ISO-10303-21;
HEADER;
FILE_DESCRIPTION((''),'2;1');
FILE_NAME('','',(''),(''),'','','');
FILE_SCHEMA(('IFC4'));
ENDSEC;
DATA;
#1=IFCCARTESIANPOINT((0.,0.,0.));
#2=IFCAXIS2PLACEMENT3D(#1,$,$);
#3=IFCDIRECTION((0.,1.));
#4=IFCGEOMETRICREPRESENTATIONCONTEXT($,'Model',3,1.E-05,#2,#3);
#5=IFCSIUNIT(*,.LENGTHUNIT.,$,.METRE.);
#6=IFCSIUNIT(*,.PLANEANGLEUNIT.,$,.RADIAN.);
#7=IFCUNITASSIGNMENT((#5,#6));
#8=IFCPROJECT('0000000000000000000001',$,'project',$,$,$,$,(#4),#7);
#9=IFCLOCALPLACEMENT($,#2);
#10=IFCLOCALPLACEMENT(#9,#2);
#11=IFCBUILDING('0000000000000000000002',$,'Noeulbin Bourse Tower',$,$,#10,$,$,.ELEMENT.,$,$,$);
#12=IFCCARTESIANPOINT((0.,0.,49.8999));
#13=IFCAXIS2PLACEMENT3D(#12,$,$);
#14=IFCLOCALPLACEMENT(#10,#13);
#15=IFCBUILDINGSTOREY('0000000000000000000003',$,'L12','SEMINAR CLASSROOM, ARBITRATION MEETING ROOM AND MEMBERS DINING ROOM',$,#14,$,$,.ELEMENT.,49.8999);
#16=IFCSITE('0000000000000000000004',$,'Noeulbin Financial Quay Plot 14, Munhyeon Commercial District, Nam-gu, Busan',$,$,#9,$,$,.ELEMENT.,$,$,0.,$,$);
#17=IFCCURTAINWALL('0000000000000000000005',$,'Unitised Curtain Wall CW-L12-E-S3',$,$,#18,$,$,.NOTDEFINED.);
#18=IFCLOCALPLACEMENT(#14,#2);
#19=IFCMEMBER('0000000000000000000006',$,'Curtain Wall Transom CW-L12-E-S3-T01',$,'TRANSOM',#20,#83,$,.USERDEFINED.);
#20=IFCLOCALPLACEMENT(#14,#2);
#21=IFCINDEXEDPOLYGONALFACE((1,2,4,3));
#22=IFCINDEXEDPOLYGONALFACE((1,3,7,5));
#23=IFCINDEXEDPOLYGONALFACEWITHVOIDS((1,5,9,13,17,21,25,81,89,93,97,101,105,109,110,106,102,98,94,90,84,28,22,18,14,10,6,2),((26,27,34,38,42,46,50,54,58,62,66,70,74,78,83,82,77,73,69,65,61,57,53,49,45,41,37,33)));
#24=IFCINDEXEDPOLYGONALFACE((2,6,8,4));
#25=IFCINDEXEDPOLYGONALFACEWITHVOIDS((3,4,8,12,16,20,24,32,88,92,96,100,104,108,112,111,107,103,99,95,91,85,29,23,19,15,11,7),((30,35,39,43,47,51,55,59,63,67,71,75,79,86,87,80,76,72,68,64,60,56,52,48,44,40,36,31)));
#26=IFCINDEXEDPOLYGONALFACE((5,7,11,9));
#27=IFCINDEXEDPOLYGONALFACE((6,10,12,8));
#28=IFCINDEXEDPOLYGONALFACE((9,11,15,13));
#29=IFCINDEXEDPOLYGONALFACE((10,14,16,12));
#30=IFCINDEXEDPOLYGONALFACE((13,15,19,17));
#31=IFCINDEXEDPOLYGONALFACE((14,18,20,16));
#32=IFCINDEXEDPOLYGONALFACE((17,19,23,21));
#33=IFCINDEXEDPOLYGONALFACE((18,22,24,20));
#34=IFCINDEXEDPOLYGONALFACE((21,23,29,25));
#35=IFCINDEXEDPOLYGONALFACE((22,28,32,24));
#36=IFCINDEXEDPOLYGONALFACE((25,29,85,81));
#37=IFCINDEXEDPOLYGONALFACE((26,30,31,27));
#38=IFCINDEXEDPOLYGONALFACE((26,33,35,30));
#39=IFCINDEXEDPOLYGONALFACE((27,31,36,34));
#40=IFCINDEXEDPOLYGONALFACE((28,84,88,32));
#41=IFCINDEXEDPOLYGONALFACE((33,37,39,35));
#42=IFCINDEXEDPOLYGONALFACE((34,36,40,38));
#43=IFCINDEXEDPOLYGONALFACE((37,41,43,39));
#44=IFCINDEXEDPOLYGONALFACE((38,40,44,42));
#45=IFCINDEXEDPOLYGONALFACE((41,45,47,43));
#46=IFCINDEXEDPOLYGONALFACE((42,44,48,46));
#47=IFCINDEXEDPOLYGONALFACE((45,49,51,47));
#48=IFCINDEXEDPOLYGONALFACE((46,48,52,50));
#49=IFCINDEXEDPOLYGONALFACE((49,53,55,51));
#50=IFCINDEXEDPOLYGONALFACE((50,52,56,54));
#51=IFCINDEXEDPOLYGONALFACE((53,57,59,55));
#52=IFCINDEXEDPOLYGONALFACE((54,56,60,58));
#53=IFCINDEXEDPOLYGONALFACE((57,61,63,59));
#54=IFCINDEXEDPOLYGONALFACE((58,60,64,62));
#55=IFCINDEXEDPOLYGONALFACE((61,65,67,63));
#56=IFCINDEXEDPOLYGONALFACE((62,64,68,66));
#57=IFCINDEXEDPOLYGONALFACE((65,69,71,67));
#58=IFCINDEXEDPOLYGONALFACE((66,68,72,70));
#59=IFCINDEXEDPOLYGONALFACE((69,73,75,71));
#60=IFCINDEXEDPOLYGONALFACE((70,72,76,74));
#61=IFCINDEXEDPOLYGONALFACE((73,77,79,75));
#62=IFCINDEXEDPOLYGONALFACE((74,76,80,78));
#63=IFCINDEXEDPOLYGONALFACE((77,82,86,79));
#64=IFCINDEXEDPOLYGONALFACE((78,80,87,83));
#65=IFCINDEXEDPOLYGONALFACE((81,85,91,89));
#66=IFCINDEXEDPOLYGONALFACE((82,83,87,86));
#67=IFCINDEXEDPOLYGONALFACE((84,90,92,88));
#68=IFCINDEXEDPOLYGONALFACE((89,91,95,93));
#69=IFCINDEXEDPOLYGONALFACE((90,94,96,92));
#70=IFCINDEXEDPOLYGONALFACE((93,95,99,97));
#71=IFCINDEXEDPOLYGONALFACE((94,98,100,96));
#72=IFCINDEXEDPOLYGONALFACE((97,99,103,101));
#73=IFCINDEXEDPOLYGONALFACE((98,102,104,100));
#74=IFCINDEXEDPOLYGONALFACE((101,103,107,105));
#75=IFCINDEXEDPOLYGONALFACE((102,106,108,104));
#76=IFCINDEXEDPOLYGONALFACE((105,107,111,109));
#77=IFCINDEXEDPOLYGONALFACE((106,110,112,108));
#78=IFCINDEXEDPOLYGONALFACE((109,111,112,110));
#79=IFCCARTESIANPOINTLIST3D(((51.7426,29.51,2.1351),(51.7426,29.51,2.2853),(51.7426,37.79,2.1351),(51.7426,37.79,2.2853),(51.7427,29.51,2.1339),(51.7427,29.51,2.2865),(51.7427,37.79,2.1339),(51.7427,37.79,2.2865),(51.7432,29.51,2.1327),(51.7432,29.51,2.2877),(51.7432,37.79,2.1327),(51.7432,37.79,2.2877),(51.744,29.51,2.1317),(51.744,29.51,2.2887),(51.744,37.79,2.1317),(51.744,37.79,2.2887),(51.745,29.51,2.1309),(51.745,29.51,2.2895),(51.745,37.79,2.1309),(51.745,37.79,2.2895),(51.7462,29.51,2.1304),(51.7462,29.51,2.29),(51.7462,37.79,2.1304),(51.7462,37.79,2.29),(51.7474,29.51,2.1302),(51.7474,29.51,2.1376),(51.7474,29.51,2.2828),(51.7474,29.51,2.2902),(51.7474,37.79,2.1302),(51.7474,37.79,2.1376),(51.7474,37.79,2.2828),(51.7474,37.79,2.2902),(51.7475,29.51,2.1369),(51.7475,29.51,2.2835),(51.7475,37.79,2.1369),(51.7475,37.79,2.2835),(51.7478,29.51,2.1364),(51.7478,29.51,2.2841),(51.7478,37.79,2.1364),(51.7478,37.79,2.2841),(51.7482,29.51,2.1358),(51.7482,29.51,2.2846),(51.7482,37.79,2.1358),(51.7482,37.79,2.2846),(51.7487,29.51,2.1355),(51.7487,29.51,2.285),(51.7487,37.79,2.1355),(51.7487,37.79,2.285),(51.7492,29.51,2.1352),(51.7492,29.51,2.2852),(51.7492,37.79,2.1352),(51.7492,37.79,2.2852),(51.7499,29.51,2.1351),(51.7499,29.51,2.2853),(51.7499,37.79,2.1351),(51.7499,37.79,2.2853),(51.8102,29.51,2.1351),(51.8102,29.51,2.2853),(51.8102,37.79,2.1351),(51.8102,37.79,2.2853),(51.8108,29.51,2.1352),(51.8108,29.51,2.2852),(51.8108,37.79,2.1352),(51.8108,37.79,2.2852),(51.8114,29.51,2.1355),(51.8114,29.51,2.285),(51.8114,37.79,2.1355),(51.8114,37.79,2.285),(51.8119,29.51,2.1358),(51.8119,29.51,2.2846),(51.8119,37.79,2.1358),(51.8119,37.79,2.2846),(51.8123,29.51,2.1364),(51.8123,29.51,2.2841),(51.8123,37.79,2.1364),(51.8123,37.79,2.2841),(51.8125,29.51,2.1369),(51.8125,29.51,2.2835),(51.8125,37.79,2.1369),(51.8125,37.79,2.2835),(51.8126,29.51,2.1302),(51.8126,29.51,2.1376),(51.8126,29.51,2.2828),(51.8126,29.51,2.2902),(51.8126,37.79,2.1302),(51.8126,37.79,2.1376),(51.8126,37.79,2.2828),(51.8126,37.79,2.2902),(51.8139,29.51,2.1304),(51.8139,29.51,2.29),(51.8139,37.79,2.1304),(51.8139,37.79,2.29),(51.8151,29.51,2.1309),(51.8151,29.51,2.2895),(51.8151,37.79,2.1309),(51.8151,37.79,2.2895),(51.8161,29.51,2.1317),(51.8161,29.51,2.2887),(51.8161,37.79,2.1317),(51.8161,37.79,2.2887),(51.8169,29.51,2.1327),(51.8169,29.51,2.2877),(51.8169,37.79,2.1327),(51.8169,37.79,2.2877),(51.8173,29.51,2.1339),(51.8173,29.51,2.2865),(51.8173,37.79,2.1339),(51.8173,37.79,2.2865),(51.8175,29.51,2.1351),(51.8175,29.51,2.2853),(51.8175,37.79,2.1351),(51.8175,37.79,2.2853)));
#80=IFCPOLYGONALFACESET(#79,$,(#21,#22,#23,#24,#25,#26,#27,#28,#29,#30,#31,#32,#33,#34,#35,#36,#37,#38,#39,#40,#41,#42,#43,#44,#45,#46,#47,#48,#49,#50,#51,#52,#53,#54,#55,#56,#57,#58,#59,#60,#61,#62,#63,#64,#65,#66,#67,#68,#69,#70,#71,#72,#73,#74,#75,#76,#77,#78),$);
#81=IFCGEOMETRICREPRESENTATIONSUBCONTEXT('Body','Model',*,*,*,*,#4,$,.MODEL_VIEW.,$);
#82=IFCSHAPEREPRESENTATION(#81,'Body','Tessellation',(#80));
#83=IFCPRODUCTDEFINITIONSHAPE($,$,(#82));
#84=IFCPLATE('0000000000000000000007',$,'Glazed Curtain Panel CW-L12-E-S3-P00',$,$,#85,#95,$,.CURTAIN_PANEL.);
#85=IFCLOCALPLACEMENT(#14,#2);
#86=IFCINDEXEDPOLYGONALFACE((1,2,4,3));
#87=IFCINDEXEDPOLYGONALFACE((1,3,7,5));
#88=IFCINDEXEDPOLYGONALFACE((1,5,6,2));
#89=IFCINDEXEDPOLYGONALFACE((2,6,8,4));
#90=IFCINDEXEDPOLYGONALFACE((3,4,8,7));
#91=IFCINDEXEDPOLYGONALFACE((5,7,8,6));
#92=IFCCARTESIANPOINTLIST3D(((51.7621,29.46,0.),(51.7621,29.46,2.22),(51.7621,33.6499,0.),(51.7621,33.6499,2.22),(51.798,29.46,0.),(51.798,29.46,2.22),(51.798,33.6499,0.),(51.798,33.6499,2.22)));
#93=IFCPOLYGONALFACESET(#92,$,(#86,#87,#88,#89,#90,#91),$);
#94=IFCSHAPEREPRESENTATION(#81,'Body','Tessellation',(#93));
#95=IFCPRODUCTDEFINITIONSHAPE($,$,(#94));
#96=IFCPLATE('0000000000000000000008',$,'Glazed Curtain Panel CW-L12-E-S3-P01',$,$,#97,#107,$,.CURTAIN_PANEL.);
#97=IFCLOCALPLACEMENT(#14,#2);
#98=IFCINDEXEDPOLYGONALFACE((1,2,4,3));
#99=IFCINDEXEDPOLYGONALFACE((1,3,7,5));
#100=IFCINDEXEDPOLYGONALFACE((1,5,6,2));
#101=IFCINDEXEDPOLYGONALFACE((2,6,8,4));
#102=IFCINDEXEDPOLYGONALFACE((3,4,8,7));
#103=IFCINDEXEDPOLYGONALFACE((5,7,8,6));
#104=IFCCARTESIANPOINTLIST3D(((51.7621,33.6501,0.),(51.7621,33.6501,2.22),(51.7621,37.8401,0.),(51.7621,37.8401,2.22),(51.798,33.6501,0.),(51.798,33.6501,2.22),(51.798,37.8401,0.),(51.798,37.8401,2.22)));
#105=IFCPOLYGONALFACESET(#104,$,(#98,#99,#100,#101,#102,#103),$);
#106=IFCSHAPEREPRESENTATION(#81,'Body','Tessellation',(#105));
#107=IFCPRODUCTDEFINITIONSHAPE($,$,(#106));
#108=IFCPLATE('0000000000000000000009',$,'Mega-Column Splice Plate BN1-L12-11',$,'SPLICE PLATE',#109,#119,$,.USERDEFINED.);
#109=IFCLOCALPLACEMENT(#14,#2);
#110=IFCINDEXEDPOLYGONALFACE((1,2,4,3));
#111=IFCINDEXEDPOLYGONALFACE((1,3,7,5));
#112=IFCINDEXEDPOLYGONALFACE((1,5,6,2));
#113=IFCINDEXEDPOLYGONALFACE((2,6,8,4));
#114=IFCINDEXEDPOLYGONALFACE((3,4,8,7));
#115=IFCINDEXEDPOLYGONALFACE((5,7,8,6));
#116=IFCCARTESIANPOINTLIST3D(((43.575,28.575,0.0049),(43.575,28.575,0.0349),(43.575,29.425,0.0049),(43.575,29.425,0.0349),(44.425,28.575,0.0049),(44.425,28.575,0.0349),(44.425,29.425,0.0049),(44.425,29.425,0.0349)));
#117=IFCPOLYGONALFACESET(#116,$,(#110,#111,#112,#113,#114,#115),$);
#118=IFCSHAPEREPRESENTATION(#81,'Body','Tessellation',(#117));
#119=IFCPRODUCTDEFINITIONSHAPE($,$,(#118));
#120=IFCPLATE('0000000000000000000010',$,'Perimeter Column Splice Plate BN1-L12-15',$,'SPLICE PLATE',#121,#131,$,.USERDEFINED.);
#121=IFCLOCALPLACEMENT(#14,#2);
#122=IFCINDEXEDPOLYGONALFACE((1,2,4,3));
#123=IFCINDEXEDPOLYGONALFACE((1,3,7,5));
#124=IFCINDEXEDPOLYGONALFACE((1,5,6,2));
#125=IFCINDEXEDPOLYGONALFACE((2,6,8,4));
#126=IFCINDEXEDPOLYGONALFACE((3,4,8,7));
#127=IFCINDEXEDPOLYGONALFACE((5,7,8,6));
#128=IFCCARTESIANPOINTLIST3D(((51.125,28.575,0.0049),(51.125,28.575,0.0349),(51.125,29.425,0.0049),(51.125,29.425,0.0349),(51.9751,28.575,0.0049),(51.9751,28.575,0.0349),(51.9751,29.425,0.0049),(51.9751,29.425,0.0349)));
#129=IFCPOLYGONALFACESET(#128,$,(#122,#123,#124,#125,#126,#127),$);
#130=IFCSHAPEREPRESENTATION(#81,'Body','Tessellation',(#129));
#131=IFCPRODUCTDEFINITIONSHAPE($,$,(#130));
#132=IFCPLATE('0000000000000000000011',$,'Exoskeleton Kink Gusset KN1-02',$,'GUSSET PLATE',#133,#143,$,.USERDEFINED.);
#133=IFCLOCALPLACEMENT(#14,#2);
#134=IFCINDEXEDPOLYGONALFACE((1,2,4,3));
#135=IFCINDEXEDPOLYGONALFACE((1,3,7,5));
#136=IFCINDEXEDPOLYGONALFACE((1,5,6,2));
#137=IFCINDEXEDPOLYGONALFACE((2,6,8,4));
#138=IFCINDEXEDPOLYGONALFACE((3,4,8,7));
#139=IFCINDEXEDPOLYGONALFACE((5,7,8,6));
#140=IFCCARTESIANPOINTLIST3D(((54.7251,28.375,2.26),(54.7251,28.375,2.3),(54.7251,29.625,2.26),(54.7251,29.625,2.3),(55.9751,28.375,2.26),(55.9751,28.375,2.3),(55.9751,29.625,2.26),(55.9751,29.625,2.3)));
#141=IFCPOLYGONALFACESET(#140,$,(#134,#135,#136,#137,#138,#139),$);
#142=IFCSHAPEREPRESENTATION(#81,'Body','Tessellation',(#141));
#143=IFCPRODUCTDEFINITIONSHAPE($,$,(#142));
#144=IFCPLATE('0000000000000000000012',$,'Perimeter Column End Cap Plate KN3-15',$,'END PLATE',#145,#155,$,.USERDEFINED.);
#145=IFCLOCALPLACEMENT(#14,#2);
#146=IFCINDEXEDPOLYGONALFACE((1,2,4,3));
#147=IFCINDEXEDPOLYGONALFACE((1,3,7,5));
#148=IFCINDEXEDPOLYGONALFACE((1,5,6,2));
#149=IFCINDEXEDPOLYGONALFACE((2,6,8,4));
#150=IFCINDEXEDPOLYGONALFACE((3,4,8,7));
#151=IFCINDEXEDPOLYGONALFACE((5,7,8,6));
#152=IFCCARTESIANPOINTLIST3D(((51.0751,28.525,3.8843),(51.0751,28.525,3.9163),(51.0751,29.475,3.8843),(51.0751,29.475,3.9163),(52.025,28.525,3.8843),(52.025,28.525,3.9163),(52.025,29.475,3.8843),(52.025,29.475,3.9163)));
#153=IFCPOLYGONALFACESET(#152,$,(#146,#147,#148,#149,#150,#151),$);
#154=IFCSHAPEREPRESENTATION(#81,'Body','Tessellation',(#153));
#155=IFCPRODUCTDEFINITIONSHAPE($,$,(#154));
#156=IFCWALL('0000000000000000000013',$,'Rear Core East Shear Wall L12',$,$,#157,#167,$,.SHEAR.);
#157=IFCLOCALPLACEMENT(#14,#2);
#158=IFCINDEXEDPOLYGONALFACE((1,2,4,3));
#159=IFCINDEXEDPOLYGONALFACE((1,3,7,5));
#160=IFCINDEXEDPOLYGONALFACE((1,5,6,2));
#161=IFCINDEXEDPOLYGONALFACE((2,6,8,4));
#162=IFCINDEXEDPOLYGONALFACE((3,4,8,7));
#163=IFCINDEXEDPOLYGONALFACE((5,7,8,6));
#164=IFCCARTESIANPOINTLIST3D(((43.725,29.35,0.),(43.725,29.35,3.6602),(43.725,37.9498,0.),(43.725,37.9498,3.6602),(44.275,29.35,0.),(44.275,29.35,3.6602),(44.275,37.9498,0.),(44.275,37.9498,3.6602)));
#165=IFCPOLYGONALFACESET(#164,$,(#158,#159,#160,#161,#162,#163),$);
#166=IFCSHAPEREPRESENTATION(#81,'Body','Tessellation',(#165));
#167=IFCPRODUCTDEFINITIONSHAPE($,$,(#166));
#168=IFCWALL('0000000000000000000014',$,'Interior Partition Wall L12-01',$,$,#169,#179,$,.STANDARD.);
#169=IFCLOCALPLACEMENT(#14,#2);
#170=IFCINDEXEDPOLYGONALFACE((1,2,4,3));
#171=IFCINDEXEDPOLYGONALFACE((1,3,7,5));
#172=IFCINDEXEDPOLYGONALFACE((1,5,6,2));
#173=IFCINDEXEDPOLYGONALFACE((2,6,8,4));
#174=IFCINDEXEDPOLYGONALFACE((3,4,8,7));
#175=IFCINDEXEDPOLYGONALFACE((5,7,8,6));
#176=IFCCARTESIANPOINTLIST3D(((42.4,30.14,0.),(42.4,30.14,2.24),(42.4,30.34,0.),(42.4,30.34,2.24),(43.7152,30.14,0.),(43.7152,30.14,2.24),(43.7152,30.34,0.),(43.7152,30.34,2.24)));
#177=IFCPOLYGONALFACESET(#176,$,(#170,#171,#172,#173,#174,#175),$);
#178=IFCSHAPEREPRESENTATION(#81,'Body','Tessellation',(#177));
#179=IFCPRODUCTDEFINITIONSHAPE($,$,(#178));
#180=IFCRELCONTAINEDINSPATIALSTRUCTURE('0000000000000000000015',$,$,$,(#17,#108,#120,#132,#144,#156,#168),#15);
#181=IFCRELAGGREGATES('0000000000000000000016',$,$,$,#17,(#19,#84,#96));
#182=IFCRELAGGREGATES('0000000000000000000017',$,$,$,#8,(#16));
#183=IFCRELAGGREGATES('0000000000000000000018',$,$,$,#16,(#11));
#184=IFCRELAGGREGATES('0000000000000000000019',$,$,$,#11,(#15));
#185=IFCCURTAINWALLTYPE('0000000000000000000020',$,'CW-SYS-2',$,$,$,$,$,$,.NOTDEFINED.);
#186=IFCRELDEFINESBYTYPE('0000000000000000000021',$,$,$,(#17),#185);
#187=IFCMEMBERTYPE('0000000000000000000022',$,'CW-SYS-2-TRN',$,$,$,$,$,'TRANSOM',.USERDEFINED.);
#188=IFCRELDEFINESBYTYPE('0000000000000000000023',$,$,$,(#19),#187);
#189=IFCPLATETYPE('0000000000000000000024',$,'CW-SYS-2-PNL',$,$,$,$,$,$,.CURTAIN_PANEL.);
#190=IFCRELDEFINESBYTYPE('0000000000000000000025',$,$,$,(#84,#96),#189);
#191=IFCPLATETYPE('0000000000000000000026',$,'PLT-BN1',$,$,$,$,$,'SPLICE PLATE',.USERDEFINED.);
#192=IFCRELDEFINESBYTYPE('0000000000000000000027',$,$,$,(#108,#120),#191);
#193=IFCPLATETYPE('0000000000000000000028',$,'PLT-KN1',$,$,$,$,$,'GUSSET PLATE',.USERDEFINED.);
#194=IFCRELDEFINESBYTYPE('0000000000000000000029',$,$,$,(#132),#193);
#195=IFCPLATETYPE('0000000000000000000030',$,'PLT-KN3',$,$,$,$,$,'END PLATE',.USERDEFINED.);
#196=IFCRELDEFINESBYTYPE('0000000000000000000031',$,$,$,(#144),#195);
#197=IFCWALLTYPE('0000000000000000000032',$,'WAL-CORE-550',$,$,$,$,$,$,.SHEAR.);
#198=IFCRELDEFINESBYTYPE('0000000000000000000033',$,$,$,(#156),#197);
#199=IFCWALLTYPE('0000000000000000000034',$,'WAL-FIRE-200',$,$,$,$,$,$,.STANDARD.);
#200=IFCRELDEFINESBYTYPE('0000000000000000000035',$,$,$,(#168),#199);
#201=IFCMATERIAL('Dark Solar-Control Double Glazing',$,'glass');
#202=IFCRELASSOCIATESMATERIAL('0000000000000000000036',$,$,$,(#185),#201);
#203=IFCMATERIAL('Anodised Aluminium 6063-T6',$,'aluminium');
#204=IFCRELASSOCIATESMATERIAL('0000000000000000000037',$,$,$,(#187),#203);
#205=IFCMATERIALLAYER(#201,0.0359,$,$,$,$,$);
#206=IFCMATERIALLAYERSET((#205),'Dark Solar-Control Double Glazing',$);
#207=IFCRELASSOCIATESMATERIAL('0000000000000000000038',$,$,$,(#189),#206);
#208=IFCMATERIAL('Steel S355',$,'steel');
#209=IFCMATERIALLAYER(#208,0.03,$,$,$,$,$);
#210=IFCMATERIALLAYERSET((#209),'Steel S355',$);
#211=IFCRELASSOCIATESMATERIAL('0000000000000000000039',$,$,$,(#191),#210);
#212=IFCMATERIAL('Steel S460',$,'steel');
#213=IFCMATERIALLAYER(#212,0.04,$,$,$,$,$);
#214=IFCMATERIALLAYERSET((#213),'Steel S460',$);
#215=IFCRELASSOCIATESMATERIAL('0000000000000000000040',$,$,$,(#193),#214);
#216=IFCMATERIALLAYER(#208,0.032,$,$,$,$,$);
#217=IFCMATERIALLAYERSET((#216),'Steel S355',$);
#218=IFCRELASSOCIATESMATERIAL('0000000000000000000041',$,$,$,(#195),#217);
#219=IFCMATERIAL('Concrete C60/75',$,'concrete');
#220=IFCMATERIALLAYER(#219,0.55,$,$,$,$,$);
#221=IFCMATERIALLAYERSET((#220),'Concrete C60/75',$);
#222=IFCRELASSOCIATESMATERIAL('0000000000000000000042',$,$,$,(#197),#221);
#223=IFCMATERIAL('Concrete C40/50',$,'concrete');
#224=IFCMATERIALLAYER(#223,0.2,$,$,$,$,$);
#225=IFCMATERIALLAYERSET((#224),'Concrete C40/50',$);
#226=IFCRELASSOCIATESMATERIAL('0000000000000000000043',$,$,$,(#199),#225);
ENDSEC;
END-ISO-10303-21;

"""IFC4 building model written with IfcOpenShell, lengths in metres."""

from ifc_helpers import new_model, si_unit, direction, frame, frame_2d, origin, origin_2d, place, context, subcontext, project, spatial, rectangle, hollow_rectangle, extrude, material, layer, layer_set, material_profile, profile_set, type_object, element, aggregate, save


model = new_model("IFC4")

# Units and contexts
model_context = context("Model", 3, precision=1e-05, world=origin(), true_north=direction((0.0, 1.0)))
body_context = subcontext(model_context, "Body", "Model", "MODEL_VIEW")
ifc_project = project(units=[si_unit("LENGTHUNIT", "METRE"), si_unit("PLANEANGLEUNIT", "RADIAN")], contexts=[model_context])

# Site, building, storey
site_placement = place(None, origin())
site = spatial("IfcSite", under=ifc_project, at=site_placement, Name="Noeulbin Financial Quay Plot 14, Munhyeon Commercial District, Nam-gu, Busan", CompositionType="ELEMENT", RefElevation=0.0)
building_placement = place(site_placement, origin())
building = spatial("IfcBuilding", under=site, at=building_placement, Name="Noeulbin Bourse Tower", CompositionType="ELEMENT")
storey_placement = place(building_placement, frame((0.0, 0.0, 49.8999)))
storey = spatial("IfcBuildingStorey", under=building, at=storey_placement, Name="L12", Description="SEMINAR CLASSROOM, ARBITRATION MEETING ROOM AND MEMBERS DINING ROOM", CompositionType="ELEMENT", Elevation=49.8999)

# Shared definitions
ifc_material_1 = material(Name="Steel S355", Category="steel")
ifc_material_2 = material(Name="Steel S460", Category="steel")

# Curtain wall, member, plates
ifc_material_3 = material(Name="Dark Solar-Control Double Glazing", Category="glass")
curtain_wall_type = type_object("IfcCurtainWallType", Name="CW-SYS-2", PredefinedType="NOTDEFINED", material=ifc_material_3)
curtain_wall_placement = place(storey_placement, origin())
curtain_wall = element("IfcCurtainWall", 1, at=curtain_wall_placement, inside=storey, type_object=curtain_wall_type, Name="Unitised Curtain Wall CW-L12-E-S3", PredefinedType="NOTDEFINED")
ifc_material_4 = material(Name="Anodised Aluminium 6063-T6", Category="aluminium")
ifc_material_profile_1 = material_profile(ifc_material_4, hollow_rectangle(XDim=0.075, YDim=0.1599, WallThickness=0.0049, InnerFilletRadius=0.0024, OuterFilletRadius=0.0049, at=origin_2d()), Name="ALU-TRAN-75x160x5", Category="LoadBearing")
ifc_profile_set_1 = profile_set([ifc_material_profile_1], Name="Anodised Aluminium 6063-T6")
member_type_1 = type_object("IfcMemberType", Name="CW-SYS-2-TRN", ElementType="TRANSOM", PredefinedType="USERDEFINED", material=ifc_profile_set_1)
member_1_placement = place(storey_placement, frame((51.78, 29.51, 2.2102), z_axis=(0.0, 1.0, 0.0), x_axis=(-1.0, 0.0, 0.0)))
member_1 = element("IfcMember", 2, at=member_1_placement, type_object=member_type_1, Name="Curtain Wall Transom CW-L12-E-S3-T01", ObjectType="TRANSOM", PredefinedType="USERDEFINED", context=body_context, shape_type="SweptSolid", body=[
    extrude(hollow_rectangle(XDim=0.075, YDim=0.1599, WallThickness=0.0049, InnerFilletRadius=0.0024, OuterFilletRadius=0.0049, at=origin_2d()), origin(), (0.0, 0.0, 1.0), 8.28),
])
ifc_layer_1 = layer(ifc_material_3, 0.0359)
ifc_layer_set_1 = layer_set([ifc_layer_1], Name="Dark Solar-Control Double Glazing")
plate_type_1 = type_object("IfcPlateType", Name="CW-SYS-2-PNL", PredefinedType="CURTAIN_PANEL", material=ifc_layer_set_1)
plate_1_placement = place(storey_placement, frame((51.78, 31.5549, 0.0), z_axis=(0.0, 0.0, 1.0), x_axis=(0.0, 1.0, 0.0)))
plate_1 = element("IfcPlate", 3, at=plate_1_placement, type_object=plate_type_1, Name="Glazed Curtain Panel CW-L12-E-S3-P00", PredefinedType="CURTAIN_PANEL", context=body_context, shape_type="SweptSolid", body=[
    extrude(rectangle(XDim=4.1899, YDim=0.0359, at=origin_2d()), origin(), (0.0, 0.0, 1.0), 2.22),
])
plate_2_placement = place(storey_placement, frame((51.78, 35.7451, 0.0), z_axis=(0.0, 0.0, 1.0), x_axis=(0.0, 1.0, 0.0)))
plate_2 = element("IfcPlate", 4, at=plate_2_placement, type_object=plate_type_1, Name="Glazed Curtain Panel CW-L12-E-S3-P01", PredefinedType="CURTAIN_PANEL", context=body_context, shape_type="SweptSolid", body=[
    extrude(rectangle(XDim=4.1899, YDim=0.0359, at=origin_2d()), origin(), (0.0, 0.0, 1.0), 2.22),
])
aggregate(curtain_wall, [member_1, plate_1, plate_2])

# Plates
ifc_layer_2 = layer(ifc_material_1, 0.03)
ifc_layer_set_2 = layer_set([ifc_layer_2], Name="Steel S355")
plate_type_2 = type_object("IfcPlateType", Name="PLT-BN1", ElementType="SPLICE PLATE", PredefinedType="USERDEFINED", material=ifc_layer_set_2)
for number, where, z_axis, x_axis, name in (
    (5, (44.0, 29.0, 0.0049), (0.0, 0.0, 1.0), (1.0, 0.0, 0.0), "Mega-Column Splice Plate BN1-L12-11"),
    (6, (51.55, 29.0, 0.0049), (0.0, 0.0, 1.0), (1.0, 0.0, 0.0), "Perimeter Column Splice Plate BN1-L12-15"),
):
    element("IfcPlate", number, at=place(storey_placement, frame(where, z_axis=z_axis, x_axis=x_axis)), inside=storey, type_object=plate_type_2, Name=name, ObjectType="SPLICE PLATE", PredefinedType="USERDEFINED", context=body_context, shape_type="SweptSolid", body=[
        extrude(rectangle(XDim=0.8501, YDim=0.8501, at=origin_2d()), origin(), (0.0, 0.0, 1.0), 0.03),
    ])
ifc_layer_3 = layer(ifc_material_2, 0.04)
ifc_layer_set_3 = layer_set([ifc_layer_3], Name="Steel S460")
plate_type_3 = type_object("IfcPlateType", Name="PLT-KN1", ElementType="GUSSET PLATE", PredefinedType="USERDEFINED", material=ifc_layer_set_3)
plate_3_placement = place(storey_placement, frame((55.3501, 29.0, 2.26), z_axis=(0.0, 0.0, 1.0), x_axis=(1.0, 0.0, 0.0)))
element("IfcPlate", 7, at=plate_3_placement, inside=storey, type_object=plate_type_3, Name="Exoskeleton Kink Gusset KN1-02", ObjectType="GUSSET PLATE", PredefinedType="USERDEFINED", context=body_context, shape_type="SweptSolid", body=[
    extrude(rectangle(XDim=1.25, YDim=1.25, at=origin_2d()), origin(), (0.0, 0.0, 1.0), 0.04),
])
ifc_layer_4 = layer(ifc_material_1, 0.032)
ifc_layer_set_4 = layer_set([ifc_layer_4], Name="Steel S355")
plate_type_4 = type_object("IfcPlateType", Name="PLT-KN3", ElementType="END PLATE", PredefinedType="USERDEFINED", material=ifc_layer_set_4)
plate_4_placement = place(storey_placement, frame((51.55, 29.0, 3.8843), z_axis=(0.0, 0.0, 1.0), x_axis=(1.0, 0.0, 0.0)))
element("IfcPlate", 8, at=plate_4_placement, inside=storey, type_object=plate_type_4, Name="Perimeter Column End Cap Plate KN3-15", ObjectType="END PLATE", PredefinedType="USERDEFINED", context=body_context, shape_type="SweptSolid", body=[
    extrude(rectangle(XDim=0.95, YDim=0.95, at=origin_2d()), origin(), (0.0, 0.0, 1.0), 0.032),
])

# Walls
ifc_material_5 = material(Name="Concrete C60/75", Category="concrete")
ifc_layer_5 = layer(ifc_material_5, 0.55)
ifc_layer_set_5 = layer_set([ifc_layer_5], Name="Concrete C60/75")
wall_type_1 = type_object("IfcWallType", Name="WAL-CORE-550", PredefinedType="SHEAR", material=ifc_layer_set_5)
wall_1_placement = place(storey_placement, frame((44.0, 29.3501, 0.0), z_axis=(0.0, 0.0, 1.0), x_axis=(0.0, 1.0, 0.0)))
element("IfcWall", 9, at=wall_1_placement, inside=storey, type_object=wall_type_1, Name="Rear Core East Shear Wall L12", PredefinedType="SHEAR", context=body_context, shape_type="SweptSolid", body=[
    extrude(rectangle(XDim=8.5999, YDim=0.55, at=frame_2d((4.2998, 0.0))), origin(), (0.0, 0.0, 1.0), 3.6602),
])
ifc_material_6 = material(Name="Concrete C40/50", Category="concrete")
ifc_layer_6 = layer(ifc_material_6, 0.2)
ifc_layer_set_6 = layer_set([ifc_layer_6], Name="Concrete C40/50")
wall_type_2 = type_object("IfcWallType", Name="WAL-FIRE-200", PredefinedType="STANDARD", material=ifc_layer_set_6)
wall_2_placement = place(storey_placement, frame((42.3999, 30.24, 0.0), z_axis=(0.0, 0.0, 1.0), x_axis=(1.0, 0.0, 0.0)))
element("IfcWall", 10, at=wall_2_placement, inside=storey, type_object=wall_type_2, Name="Interior Partition Wall L12-01", PredefinedType="STANDARD", context=body_context, shape_type="SweptSolid", body=[
    extrude(rectangle(XDim=1.3152, YDim=0.2, at=frame_2d((0.6577, 0.0))), origin(), (0.0, 0.0, 1.0), 2.24),
])

save(model, "model.ifc")
